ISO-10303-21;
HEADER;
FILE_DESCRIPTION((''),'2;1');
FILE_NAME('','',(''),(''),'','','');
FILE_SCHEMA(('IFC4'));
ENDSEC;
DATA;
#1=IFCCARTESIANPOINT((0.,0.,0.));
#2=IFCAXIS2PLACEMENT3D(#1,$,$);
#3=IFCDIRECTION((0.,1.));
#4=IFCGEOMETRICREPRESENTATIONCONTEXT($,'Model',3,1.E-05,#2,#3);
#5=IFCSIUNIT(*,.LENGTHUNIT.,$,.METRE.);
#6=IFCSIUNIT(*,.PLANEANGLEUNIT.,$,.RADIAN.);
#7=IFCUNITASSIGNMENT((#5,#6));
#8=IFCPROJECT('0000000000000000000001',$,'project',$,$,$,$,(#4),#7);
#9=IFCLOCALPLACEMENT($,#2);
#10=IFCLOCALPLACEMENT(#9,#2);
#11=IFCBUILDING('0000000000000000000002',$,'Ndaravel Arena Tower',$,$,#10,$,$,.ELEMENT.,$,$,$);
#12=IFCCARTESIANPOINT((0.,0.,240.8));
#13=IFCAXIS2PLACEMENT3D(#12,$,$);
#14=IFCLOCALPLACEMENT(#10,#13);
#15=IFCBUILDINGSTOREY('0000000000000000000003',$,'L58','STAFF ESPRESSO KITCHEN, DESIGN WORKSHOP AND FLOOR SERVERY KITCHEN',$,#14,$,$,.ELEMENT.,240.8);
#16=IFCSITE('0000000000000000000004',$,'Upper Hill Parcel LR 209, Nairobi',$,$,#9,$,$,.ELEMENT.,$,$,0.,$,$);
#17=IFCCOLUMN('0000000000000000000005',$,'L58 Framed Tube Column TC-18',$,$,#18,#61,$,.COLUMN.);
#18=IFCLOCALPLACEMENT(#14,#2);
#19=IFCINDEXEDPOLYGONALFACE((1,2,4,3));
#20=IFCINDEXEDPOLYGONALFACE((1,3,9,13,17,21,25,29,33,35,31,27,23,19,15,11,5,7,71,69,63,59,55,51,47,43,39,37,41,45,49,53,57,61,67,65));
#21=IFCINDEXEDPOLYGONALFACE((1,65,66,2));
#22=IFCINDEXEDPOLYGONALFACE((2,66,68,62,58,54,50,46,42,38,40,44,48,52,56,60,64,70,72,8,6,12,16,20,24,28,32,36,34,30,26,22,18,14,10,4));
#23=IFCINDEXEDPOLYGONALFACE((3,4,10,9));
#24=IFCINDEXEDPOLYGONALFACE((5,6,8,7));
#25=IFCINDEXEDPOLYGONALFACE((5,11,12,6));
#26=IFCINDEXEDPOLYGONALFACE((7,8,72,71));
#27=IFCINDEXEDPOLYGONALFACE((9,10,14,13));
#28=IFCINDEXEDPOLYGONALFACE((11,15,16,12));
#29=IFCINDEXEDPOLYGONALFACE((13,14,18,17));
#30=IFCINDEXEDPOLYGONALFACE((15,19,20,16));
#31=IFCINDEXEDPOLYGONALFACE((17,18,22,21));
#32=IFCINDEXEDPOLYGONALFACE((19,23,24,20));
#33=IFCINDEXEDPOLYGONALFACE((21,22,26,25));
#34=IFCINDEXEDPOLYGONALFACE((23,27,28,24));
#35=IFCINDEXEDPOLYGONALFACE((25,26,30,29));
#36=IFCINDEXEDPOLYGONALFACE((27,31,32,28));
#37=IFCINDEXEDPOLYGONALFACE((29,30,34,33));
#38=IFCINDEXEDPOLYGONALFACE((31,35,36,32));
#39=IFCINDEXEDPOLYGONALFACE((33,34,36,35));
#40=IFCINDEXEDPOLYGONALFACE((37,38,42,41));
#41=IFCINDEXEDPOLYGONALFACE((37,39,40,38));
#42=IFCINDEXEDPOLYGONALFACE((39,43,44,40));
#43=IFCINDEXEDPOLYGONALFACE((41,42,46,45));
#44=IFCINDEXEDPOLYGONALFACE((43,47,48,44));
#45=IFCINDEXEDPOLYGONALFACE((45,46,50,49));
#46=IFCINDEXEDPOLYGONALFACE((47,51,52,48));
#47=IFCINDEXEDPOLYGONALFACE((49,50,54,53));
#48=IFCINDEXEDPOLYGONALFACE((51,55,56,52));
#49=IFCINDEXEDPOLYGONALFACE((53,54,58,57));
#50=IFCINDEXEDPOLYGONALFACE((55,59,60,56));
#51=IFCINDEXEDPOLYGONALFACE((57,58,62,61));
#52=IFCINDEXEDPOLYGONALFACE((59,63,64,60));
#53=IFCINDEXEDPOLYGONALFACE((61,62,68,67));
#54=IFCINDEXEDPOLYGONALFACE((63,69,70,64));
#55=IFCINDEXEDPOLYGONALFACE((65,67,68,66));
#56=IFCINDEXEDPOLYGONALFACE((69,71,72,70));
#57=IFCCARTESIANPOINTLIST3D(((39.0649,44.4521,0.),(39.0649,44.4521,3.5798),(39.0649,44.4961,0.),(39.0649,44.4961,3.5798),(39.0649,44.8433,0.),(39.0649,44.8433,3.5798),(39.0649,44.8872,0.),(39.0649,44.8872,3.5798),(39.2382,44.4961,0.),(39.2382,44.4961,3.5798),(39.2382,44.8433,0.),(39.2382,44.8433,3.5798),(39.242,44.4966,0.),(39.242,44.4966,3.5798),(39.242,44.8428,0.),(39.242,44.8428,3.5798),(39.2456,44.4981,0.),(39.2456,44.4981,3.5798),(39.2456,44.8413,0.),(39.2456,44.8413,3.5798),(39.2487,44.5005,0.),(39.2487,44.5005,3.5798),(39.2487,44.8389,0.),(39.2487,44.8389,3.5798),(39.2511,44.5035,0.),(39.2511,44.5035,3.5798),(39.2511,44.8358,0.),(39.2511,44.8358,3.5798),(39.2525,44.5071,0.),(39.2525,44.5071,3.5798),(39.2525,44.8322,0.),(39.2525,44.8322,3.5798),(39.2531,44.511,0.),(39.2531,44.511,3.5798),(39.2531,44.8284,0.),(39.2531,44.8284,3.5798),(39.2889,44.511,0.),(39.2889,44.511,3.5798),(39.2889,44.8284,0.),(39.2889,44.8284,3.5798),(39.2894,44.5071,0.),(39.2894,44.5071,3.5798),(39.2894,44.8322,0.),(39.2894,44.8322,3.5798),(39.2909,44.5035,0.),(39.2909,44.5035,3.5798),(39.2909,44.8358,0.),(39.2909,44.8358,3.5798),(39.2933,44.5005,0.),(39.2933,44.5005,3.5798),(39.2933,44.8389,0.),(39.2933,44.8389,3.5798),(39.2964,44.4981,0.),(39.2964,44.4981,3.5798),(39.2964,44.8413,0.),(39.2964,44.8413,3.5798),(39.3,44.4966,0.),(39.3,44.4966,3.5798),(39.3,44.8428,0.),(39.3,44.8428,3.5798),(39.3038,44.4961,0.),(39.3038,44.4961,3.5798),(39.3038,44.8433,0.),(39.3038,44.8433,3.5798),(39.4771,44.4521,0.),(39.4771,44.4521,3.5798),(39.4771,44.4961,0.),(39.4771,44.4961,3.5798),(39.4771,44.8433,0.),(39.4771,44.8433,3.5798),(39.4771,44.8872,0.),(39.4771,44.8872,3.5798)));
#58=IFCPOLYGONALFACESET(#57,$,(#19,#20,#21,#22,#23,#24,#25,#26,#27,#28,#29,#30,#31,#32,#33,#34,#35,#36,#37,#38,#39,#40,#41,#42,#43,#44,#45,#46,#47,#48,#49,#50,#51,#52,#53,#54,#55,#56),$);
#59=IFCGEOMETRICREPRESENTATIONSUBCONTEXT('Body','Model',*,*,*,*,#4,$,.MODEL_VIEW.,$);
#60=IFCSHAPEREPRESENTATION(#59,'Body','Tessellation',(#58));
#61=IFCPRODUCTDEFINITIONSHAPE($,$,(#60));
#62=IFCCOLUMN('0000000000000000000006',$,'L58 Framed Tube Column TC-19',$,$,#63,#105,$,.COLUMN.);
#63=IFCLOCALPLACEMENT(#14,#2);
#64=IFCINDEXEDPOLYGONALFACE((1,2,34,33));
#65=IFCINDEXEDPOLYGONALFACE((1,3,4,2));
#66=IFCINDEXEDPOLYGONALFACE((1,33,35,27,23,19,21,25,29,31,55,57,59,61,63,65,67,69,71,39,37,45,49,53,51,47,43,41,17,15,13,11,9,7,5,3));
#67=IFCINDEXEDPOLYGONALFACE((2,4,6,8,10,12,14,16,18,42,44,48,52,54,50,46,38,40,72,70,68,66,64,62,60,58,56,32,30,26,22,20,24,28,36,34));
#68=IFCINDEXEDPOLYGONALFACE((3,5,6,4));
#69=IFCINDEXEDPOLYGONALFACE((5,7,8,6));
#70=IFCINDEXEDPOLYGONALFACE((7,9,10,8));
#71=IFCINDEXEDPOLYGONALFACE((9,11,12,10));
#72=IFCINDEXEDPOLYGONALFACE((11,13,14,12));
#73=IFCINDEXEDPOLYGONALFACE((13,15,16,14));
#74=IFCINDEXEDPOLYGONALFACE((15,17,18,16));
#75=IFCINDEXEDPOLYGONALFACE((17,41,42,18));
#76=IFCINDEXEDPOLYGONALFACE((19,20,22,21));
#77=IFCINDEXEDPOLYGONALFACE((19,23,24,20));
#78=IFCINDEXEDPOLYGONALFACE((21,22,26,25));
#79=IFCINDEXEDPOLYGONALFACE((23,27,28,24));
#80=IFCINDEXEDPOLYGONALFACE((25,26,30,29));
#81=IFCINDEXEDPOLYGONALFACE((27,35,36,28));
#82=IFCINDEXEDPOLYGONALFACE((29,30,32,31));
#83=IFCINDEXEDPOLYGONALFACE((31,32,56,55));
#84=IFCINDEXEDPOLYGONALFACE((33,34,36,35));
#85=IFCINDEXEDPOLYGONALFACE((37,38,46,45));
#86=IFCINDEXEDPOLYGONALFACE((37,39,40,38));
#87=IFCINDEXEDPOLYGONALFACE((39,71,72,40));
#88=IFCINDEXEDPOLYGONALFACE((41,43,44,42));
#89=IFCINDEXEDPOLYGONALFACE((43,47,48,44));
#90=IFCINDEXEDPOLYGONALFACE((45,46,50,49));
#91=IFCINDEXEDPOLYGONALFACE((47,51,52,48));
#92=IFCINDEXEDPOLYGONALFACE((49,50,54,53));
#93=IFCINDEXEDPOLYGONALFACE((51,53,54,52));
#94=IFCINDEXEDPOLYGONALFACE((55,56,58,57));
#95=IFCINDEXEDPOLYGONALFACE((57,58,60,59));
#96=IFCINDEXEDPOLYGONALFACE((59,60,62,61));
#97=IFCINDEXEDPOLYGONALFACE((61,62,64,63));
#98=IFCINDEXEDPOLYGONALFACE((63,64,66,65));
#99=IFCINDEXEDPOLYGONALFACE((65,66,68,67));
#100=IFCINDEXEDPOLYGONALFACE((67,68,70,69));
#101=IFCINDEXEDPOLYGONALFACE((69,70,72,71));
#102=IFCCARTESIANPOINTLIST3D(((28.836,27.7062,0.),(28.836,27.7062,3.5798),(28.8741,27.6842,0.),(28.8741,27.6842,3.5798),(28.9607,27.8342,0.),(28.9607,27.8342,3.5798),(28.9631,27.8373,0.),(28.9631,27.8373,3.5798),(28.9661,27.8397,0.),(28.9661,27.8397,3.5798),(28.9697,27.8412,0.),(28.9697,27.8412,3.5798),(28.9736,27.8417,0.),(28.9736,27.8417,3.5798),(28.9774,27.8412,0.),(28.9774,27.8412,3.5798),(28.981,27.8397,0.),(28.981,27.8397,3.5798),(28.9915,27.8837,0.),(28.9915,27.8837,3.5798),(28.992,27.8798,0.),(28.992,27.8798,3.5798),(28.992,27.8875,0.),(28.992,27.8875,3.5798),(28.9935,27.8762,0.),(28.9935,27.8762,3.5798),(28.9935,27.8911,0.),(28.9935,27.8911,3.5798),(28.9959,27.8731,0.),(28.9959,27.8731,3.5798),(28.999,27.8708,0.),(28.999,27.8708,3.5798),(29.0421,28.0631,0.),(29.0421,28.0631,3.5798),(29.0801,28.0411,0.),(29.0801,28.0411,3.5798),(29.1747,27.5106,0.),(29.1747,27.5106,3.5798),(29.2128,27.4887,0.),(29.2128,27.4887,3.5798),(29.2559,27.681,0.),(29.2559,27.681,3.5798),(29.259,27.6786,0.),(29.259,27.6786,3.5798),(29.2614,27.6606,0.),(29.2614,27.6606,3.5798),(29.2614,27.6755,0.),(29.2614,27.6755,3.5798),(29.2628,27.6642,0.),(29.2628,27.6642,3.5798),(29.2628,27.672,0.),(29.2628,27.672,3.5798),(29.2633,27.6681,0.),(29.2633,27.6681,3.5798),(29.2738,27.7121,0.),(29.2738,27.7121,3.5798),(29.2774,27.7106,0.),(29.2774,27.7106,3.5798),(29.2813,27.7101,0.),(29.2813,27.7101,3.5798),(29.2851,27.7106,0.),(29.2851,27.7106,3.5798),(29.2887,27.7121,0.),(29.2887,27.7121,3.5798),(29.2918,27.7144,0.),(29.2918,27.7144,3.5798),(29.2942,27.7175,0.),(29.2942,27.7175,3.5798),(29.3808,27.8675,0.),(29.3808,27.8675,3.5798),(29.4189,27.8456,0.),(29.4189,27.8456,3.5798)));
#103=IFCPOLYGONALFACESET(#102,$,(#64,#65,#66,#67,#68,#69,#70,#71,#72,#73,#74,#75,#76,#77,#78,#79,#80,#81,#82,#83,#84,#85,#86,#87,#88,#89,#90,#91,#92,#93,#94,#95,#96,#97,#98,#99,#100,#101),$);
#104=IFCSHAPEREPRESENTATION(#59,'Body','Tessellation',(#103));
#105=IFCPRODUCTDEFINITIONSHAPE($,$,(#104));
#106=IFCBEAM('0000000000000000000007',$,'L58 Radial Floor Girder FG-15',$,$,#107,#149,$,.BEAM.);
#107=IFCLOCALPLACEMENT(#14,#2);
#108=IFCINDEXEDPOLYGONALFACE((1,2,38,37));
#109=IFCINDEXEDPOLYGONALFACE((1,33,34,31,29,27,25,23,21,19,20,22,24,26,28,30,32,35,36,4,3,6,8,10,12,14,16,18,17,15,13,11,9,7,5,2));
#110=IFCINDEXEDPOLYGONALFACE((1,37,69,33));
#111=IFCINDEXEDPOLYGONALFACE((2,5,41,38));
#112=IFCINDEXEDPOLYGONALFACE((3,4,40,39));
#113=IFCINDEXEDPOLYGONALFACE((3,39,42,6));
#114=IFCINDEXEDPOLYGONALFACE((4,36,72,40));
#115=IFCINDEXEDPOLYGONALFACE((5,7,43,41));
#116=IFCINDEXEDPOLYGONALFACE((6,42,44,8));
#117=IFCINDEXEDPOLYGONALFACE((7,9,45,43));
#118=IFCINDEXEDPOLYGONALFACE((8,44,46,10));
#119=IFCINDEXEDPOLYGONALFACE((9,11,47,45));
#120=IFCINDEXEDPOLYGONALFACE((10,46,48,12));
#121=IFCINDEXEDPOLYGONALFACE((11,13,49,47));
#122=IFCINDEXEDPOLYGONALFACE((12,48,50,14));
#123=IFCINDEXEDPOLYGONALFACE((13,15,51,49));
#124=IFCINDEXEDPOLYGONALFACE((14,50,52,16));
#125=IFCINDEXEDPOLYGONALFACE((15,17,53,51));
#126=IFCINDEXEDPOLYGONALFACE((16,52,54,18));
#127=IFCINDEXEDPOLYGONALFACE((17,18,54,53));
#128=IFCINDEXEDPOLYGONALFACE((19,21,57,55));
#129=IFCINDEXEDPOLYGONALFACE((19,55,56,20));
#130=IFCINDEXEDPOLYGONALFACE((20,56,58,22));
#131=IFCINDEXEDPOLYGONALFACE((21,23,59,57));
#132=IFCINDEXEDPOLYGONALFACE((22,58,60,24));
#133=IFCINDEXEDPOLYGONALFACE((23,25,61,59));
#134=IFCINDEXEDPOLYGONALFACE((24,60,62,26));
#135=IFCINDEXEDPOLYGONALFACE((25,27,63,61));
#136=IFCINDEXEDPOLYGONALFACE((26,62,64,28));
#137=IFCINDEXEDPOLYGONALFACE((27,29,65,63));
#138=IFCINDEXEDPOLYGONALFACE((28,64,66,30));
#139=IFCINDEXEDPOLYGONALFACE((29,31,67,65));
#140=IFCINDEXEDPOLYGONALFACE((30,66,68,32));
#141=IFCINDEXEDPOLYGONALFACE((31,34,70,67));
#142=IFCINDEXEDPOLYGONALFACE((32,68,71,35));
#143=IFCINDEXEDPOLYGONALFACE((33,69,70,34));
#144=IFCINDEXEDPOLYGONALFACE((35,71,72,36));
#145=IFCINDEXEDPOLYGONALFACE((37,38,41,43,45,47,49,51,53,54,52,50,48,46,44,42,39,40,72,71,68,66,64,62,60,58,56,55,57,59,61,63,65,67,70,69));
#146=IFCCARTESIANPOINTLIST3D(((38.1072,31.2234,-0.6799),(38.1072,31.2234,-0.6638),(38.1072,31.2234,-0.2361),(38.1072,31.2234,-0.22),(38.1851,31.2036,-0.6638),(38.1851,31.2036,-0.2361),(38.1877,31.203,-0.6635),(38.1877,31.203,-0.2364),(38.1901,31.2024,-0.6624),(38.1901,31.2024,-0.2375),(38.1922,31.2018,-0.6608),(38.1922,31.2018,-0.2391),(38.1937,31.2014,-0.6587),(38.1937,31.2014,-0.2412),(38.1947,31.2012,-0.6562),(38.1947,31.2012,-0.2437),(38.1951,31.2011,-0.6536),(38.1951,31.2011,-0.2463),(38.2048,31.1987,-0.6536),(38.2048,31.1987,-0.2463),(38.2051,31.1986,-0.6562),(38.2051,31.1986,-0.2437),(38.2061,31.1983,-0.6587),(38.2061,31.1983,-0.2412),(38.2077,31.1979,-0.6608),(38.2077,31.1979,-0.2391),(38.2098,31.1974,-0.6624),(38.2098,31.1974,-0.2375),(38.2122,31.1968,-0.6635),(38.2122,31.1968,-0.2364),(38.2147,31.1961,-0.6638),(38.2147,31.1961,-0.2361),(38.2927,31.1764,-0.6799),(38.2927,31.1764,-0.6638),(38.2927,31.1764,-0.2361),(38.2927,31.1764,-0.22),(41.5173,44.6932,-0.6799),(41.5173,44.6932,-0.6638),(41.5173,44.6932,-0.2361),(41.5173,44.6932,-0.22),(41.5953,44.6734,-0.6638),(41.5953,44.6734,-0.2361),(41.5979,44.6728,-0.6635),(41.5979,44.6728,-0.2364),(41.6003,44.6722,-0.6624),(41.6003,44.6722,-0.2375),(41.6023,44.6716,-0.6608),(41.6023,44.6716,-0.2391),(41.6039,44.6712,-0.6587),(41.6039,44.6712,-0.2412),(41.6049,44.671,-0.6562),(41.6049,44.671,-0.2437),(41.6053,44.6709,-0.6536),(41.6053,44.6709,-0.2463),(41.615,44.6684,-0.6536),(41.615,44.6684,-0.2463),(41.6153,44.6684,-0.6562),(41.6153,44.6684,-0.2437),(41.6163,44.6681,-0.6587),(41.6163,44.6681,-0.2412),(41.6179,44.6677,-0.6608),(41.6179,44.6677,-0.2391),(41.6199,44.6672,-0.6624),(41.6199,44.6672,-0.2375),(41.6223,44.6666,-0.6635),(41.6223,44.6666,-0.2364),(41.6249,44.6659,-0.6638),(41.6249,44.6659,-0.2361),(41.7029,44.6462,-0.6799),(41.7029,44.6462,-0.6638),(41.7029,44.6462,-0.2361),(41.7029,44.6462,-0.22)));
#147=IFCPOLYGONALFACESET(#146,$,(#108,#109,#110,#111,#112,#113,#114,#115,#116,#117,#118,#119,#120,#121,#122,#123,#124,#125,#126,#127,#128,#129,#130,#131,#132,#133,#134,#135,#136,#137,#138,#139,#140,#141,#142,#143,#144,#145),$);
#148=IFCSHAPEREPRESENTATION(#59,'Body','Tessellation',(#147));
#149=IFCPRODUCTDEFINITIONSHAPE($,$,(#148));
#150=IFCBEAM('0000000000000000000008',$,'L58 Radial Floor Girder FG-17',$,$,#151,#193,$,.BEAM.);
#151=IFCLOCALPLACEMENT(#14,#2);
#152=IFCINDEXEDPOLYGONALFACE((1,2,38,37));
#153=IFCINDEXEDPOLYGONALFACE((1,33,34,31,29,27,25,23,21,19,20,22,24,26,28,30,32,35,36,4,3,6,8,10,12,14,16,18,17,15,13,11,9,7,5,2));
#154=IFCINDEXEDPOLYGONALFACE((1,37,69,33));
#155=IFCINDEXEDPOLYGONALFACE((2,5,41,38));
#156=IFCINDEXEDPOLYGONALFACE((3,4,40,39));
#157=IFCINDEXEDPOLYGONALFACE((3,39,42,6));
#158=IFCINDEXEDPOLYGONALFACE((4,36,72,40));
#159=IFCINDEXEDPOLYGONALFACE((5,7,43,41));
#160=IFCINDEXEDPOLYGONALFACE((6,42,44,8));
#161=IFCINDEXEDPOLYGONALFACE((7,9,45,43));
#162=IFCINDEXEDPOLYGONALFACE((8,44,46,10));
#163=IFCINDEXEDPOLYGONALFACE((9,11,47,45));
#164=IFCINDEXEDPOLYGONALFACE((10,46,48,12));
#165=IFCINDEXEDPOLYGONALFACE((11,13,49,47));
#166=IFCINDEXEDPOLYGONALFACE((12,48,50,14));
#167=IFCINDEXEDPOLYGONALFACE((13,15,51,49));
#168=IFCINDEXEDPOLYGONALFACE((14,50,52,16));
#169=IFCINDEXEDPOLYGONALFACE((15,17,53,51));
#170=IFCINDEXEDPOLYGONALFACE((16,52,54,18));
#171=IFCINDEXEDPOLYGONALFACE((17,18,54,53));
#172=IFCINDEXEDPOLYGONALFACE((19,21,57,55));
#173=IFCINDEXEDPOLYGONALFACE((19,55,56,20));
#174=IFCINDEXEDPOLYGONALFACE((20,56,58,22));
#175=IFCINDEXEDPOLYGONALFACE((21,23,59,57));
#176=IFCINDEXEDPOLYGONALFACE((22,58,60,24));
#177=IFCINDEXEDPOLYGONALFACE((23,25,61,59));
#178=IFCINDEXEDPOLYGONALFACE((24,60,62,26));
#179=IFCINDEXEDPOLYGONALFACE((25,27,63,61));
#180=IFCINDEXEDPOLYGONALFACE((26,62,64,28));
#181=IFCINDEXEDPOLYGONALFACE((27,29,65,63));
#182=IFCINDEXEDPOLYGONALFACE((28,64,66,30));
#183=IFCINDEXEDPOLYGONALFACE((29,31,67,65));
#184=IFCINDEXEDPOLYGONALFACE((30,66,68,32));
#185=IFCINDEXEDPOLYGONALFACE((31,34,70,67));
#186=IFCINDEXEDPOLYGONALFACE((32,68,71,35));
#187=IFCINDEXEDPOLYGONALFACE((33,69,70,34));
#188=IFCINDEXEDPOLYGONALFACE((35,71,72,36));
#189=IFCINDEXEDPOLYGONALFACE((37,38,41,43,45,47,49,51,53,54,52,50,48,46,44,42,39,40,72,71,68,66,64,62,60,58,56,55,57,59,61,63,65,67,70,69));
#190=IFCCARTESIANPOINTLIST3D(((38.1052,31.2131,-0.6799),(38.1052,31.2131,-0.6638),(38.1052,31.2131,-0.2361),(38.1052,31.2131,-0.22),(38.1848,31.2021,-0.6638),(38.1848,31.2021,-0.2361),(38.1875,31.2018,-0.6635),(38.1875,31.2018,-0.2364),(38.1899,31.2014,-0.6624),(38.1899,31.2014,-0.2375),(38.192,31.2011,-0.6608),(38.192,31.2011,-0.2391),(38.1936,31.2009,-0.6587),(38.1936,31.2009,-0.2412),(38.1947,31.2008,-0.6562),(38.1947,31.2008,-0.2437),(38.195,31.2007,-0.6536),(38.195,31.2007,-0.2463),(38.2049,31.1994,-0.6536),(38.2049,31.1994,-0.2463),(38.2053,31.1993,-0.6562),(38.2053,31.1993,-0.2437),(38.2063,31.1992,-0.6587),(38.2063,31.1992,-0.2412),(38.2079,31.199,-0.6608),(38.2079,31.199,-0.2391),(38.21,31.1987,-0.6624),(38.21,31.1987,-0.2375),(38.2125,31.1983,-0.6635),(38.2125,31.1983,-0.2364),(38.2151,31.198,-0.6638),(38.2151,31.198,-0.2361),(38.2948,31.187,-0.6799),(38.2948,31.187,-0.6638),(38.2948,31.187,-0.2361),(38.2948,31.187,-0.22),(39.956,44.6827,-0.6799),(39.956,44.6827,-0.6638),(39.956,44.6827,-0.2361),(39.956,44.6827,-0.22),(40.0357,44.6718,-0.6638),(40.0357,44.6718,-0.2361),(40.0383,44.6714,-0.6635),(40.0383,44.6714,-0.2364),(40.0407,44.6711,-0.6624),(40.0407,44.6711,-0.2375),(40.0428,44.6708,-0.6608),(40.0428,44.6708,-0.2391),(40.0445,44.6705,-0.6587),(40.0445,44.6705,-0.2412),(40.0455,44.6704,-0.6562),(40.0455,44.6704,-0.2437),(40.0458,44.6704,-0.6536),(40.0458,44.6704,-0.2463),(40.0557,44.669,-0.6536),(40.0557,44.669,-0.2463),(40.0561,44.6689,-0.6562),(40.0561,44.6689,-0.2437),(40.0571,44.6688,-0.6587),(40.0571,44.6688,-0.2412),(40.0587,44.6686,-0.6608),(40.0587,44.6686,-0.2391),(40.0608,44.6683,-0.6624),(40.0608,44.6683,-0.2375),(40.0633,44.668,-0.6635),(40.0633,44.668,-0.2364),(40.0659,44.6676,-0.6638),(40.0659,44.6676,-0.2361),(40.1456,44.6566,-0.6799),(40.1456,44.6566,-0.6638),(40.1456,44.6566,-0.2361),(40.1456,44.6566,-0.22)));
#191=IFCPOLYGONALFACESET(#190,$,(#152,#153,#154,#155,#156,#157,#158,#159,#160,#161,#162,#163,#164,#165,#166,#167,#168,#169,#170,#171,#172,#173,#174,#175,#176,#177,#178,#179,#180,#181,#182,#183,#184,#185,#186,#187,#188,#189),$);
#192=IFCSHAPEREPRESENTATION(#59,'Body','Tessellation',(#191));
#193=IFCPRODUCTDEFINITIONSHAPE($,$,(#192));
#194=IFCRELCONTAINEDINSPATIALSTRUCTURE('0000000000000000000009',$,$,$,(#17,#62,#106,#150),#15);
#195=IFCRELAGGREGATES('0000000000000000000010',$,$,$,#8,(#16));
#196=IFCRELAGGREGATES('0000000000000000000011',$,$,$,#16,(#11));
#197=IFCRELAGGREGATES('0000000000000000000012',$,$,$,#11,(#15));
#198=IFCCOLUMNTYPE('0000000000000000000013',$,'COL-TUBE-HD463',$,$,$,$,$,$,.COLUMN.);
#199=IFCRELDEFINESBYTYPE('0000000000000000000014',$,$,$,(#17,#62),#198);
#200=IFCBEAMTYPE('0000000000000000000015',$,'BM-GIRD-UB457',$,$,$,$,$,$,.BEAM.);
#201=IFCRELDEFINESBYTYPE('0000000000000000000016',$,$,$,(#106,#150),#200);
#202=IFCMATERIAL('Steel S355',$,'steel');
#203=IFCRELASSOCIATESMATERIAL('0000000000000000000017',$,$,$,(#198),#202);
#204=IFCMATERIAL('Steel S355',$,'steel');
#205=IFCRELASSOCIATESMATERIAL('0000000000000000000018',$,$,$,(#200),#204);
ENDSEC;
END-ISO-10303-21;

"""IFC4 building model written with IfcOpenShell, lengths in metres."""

from ifc_helpers import new_model, si_unit, direction, frame, origin, origin_2d, place, context, subcontext, project, spatial, i_section, extrude, material, material_profile, profile_set, type_object, element, save


model = new_model("IFC4")

# Units and contexts
model_context = context("Model", 3, precision=1e-05, world=origin(), true_north=direction((0.0, 1.0)))
body_context = subcontext(model_context, "Body", "Model", "MODEL_VIEW")
ifc_project = project(units=[si_unit("LENGTHUNIT", "METRE"), si_unit("PLANEANGLEUNIT", "RADIAN")], contexts=[model_context])

# Site, building, storey
site_placement = place(None, origin())
site = spatial("IfcSite", under=ifc_project, at=site_placement, Name="Upper Hill Parcel LR 209, Nairobi", CompositionType="ELEMENT", RefElevation=0.0)
building_placement = place(site_placement, origin())
building = spatial("IfcBuilding", under=site, at=building_placement, Name="Ndaravel Arena Tower", CompositionType="ELEMENT")
storey_placement = place(building_placement, frame((0.0, 0.0, 240.8)))
storey = spatial("IfcBuildingStorey", under=building, at=storey_placement, Name="L58", Description="STAFF ESPRESSO KITCHEN, DESIGN WORKSHOP AND FLOOR SERVERY KITCHEN", CompositionType="ELEMENT", Elevation=240.8)

# Columns
ifc_material_1 = material(Name="Steel S355", Category="steel")
ifc_material_profile_1 = material_profile(ifc_material_1, i_section(OverallWidth=0.4121, OverallDepth=0.4351, WebThickness=0.0359, FlangeThickness=0.0439, FilletRadius=0.0149, at=origin_2d()), Name="HD 400x463")
ifc_profile_set_1 = profile_set([ifc_material_profile_1], Name="Steel S355")
column_type_1 = type_object("IfcColumnType", Name="COL-TUBE-HD463", PredefinedType="COLUMN", material=ifc_profile_set_1)
for number, where, z_axis, x_axis, name in (
    (1, (39.271, 44.6697, 0.0), (0.0, 0.0, 1.0), (1.0, 0.0, 0.0), "L58 Framed Tube Column TC-18"),
    (2, (29.1274, 27.7759, 0.0), (0.0, 0.0, 1.0), (0.5, 0.866025, 0.0), "L58 Framed Tube Column TC-19"),
):
    element("IfcColumn", number, at=place(storey_placement, frame(where, z_axis=z_axis, x_axis=x_axis)), inside=storey, type_object=column_type_1, Name=name, PredefinedType="COLUMN", context=body_context, shape_type="SweptSolid", body=[
        extrude(i_section(OverallWidth=0.4121, OverallDepth=0.4351, WebThickness=0.0359, FlangeThickness=0.0439, FilletRadius=0.0149, at=origin_2d()), origin(), (0.0, 0.0, 1.0), 3.5798),
    ])

# Beams
ifc_material_2 = material(Name="Steel S355", Category="steel")
ifc_material_profile_2 = material_profile(ifc_material_2, i_section(OverallWidth=0.1914, OverallDepth=0.46, WebThickness=0.01, FlangeThickness=0.0161, FilletRadius=0.0103, at=origin_2d()), Name="UB 457x191x82")
ifc_profile_set_2 = profile_set([ifc_material_profile_2], Name="Steel S355")
beam_type_1 = type_object("IfcBeamType", Name="BM-GIRD-UB457", PredefinedType="BEAM", material=ifc_profile_set_2)
beam_1_placement = place(storey_placement, frame((41.6101, 44.6697, -0.45), z_axis=(-0.245429, -0.969415, 0.0), x_axis=(0.969415, -0.245429, 0.0)))
element("IfcBeam", 3, at=beam_1_placement, inside=storey, type_object=beam_type_1, Name="L58 Radial Floor Girder FG-15", PredefinedType="BEAM", context=body_context, shape_type="SweptSolid", body=[
    extrude(i_section(OverallWidth=0.1914, OverallDepth=0.46, WebThickness=0.01, FlangeThickness=0.0161, FilletRadius=0.0103, at=origin_2d()), origin(), (0.0, 0.0, 1.0), 13.8948),
])
beam_2_placement = place(storey_placement, frame((40.0508, 44.6697, -0.45), z_axis=(-0.136128, -0.990691, 0.0), x_axis=(0.990691, -0.136128, 0.0)))
element("IfcBeam", 4, at=beam_2_placement, inside=storey, type_object=beam_type_1, Name="L58 Radial Floor Girder FG-17", PredefinedType="BEAM", context=body_context, shape_type="SweptSolid", body=[
    extrude(i_section(OverallWidth=0.1914, OverallDepth=0.46, WebThickness=0.01, FlangeThickness=0.0161, FilletRadius=0.0103, at=origin_2d()), origin(), (0.0, 0.0, 1.0), 13.5962),
])

save(model, "model.ifc")
